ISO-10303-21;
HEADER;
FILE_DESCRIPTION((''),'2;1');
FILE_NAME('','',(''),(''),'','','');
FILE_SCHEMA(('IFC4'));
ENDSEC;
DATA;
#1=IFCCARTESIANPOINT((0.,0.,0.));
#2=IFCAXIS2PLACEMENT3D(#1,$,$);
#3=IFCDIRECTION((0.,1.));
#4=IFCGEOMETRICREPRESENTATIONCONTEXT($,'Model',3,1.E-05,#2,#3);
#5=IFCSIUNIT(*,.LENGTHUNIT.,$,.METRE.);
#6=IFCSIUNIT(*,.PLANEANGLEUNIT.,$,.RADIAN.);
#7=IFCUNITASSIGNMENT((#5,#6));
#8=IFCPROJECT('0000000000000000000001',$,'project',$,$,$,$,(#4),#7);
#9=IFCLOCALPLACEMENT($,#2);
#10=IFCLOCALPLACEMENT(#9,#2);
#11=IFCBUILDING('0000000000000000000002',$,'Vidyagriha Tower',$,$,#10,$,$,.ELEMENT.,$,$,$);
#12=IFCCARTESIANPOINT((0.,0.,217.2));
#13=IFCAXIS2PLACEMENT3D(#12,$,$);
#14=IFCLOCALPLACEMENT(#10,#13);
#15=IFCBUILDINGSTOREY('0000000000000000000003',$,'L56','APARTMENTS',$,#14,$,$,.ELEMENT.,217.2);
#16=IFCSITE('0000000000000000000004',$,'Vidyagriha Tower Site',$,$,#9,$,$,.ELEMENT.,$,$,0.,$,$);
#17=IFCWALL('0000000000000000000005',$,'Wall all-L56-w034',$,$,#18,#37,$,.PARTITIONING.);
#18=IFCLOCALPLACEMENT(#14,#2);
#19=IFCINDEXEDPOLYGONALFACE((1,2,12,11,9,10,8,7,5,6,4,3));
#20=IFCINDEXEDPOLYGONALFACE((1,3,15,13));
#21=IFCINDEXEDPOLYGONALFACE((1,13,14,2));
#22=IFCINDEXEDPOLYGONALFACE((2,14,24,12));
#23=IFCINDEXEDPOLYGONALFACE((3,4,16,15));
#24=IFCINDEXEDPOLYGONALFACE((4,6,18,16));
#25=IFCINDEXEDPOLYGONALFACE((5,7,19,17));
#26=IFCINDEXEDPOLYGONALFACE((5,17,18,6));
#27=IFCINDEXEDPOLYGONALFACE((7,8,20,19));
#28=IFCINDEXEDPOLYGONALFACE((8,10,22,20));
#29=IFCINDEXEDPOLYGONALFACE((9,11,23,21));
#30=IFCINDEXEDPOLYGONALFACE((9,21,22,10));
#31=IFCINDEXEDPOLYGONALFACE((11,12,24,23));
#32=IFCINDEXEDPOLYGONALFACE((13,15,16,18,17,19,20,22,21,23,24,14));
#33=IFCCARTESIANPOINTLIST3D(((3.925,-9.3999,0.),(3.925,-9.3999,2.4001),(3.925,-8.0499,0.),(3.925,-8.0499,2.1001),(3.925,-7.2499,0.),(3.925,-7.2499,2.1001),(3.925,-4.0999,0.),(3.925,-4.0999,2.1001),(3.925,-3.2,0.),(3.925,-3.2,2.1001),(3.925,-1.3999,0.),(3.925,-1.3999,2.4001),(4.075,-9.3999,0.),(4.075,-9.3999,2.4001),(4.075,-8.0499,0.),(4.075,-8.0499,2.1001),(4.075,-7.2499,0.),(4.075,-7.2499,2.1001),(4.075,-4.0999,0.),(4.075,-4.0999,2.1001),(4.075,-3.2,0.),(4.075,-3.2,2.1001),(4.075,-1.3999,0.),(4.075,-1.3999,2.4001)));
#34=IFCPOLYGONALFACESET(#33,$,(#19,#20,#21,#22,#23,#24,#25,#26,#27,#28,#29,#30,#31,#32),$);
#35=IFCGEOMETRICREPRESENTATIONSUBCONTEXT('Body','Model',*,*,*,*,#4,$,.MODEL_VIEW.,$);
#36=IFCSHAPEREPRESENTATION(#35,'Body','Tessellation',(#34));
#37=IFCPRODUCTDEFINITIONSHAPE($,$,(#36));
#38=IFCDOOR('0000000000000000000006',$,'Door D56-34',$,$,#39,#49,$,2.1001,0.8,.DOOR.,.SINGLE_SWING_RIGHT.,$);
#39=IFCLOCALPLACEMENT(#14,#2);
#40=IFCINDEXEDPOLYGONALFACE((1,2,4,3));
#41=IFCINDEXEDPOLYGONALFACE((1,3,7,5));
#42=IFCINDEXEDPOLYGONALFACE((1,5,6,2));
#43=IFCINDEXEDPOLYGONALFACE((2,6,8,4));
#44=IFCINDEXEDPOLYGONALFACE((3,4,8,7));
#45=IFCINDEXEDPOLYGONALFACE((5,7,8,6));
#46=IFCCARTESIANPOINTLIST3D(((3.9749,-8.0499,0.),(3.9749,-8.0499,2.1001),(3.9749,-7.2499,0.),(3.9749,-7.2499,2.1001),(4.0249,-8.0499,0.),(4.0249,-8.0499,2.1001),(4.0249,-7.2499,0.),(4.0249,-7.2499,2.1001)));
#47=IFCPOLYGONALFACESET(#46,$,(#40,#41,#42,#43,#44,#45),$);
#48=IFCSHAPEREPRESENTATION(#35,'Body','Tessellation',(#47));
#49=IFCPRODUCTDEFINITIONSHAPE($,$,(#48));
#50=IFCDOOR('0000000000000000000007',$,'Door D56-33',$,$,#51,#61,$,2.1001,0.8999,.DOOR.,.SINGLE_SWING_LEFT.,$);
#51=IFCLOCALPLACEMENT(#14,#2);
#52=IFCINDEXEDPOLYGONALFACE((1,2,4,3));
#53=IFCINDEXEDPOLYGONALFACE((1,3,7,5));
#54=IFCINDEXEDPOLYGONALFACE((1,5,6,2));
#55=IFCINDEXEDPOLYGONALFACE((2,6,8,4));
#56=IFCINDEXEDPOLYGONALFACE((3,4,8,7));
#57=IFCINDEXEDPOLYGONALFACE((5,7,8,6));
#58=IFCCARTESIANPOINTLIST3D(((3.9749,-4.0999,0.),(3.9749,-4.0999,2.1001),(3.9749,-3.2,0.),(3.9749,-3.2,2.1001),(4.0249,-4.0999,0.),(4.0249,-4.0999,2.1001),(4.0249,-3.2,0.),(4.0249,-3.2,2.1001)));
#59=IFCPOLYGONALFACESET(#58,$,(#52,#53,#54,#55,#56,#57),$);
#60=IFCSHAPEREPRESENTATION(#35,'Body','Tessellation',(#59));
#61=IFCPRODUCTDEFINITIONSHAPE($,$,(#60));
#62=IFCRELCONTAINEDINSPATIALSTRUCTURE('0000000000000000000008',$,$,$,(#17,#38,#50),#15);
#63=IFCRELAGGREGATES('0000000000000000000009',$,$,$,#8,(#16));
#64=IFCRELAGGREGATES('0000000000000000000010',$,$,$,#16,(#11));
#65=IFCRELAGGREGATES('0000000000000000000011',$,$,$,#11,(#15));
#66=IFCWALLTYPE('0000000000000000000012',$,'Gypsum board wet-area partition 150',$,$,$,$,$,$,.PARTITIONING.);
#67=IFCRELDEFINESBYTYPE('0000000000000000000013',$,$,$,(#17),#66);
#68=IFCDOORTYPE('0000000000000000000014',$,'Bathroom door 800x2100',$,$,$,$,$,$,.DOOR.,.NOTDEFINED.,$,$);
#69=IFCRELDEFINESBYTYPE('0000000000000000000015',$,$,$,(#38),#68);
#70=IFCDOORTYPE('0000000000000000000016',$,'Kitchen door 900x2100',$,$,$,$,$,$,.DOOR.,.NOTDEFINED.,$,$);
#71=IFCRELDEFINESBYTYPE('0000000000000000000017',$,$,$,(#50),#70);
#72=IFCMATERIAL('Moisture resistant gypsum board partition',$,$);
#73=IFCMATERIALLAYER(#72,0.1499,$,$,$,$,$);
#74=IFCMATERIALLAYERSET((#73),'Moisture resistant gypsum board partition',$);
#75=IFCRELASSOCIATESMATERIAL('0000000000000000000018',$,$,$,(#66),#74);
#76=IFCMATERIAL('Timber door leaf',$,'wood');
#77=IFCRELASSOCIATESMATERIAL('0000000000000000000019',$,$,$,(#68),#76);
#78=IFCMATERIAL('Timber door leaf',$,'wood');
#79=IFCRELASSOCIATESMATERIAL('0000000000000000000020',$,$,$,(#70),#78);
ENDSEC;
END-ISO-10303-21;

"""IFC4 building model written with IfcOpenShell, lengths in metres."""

from ifc_helpers import new_model, si_unit, direction, frame, frame_2d, origin, place, context, subcontext, project, spatial, rectangle, extrude, material, layer, layer_set, type_object, element, fill, save


model = new_model("IFC4")

# Units and contexts
model_context = context("Model", 3, precision=1e-05, world=origin(), true_north=direction((0.0, 1.0)))
body_context = subcontext(model_context, "Body", "Model", "MODEL_VIEW")
ifc_project = project(units=[si_unit("LENGTHUNIT", "METRE"), si_unit("PLANEANGLEUNIT", "RADIAN")], contexts=[model_context])

# Site, building, storey
site_placement = place(None, origin())
site = spatial("IfcSite", under=ifc_project, at=site_placement, Name="Vidyagriha Tower Site", CompositionType="ELEMENT", RefElevation=0.0)
building_placement = place(site_placement, origin())
building = spatial("IfcBuilding", under=site, at=building_placement, Name="Vidyagriha Tower", CompositionType="ELEMENT")
storey_placement = place(building_placement, frame((0.0, 0.0, 217.2)))
storey = spatial("IfcBuildingStorey", under=building, at=storey_placement, Name="L56", Description="APARTMENTS", CompositionType="ELEMENT", Elevation=217.2)

# Wall, openings, doors
ifc_material_1 = material(Name="Moisture resistant gypsum board partition")
ifc_layer_1 = layer(ifc_material_1, 0.1499)
ifc_layer_set_1 = layer_set([ifc_layer_1], Name="Moisture resistant gypsum board partition")
wall_type_1 = type_object("IfcWallType", Name="Gypsum board wet-area partition 150", PredefinedType="PARTITIONING", material=ifc_layer_set_1)
ifc_material_2 = material(Name="Timber door leaf", Category="wood")
door_type_1 = type_object("IfcDoorType", Name="Bathroom door 800x2100", OperationType="NOTDEFINED", PredefinedType="DOOR", material=ifc_material_2)
ifc_material_3 = material(Name="Timber door leaf", Category="wood")
door_type_2 = type_object("IfcDoorType", Name="Kitchen door 900x2100", OperationType="NOTDEFINED", PredefinedType="DOOR", material=ifc_material_3)
wall_1_placement = place(storey_placement, frame((4.0, -1.3999, 0.0), z_axis=(0.0, 0.0, 1.0), x_axis=(0.0, -1.0, 0.0)))
wall_1 = element("IfcWall", 1, at=wall_1_placement, inside=storey, type_object=wall_type_1, Name="Wall all-L56-w034", PredefinedType="PARTITIONING", context=body_context, shape_type="SweptSolid", body=[
    extrude(rectangle(XDim=8.0, YDim=0.1499, at=frame_2d((4.0, 0.0))), origin(), (0.0, 0.0, 1.0), 2.4001),
])
opening_1_placement = place(wall_1_placement, frame((1.8, 0.0, 0.0)))
opening_1 = element("IfcOpeningElement", 2, at=opening_1_placement, cuts=wall_1, PredefinedType="OPENING", context=body_context, shape_type="SweptSolid", body=[
    extrude(rectangle(XDim=0.8999, YDim=2.1001, at=frame_2d((0.45, 1.05))), frame((0.0, 0.085, 0.0), z_axis=(0.0, -1.0, 0.0), x_axis=(1.0, 0.0, 0.0)), (0.0, 0.0, 1.0), 0.1699),
])
opening_2_placement = place(wall_1_placement, frame((5.8501, 0.0, 0.0)))
opening_2 = element("IfcOpeningElement", 3, at=opening_2_placement, cuts=wall_1, PredefinedType="OPENING", context=body_context, shape_type="SweptSolid", body=[
    extrude(rectangle(XDim=0.8, YDim=2.1001, at=frame_2d((0.3999, 1.05))), frame((0.0, 0.085, 0.0), z_axis=(0.0, -1.0, 0.0), x_axis=(1.0, 0.0, 0.0)), (0.0, 0.0, 1.0), 0.1699),
])
door_1_placement = place(opening_2_placement, origin())
door_1 = element("IfcDoor", 4, at=door_1_placement, inside=storey, type_object=door_type_1, Name="Door D56-34", OperationType="SINGLE_SWING_RIGHT", OverallHeight=2.1001, OverallWidth=0.8, PredefinedType="DOOR", context=body_context, shape_type="SweptSolid", body=[
    extrude(rectangle(XDim=0.8, YDim=2.1001, at=frame_2d((0.3999, 1.05))), frame((0.0, 0.0249, 0.0), z_axis=(0.0, -1.0, 0.0), x_axis=(1.0, 0.0, 0.0)), (0.0, 0.0, 1.0), 0.05),
])
fill(opening_2, door_1)
door_2_placement = place(opening_1_placement, origin())
door_2 = element("IfcDoor", 5, at=door_2_placement, inside=storey, type_object=door_type_2, Name="Door D56-33", OperationType="SINGLE_SWING_LEFT", OverallHeight=2.1001, OverallWidth=0.8999, PredefinedType="DOOR", context=body_context, shape_type="SweptSolid", body=[
    extrude(rectangle(XDim=0.8999, YDim=2.1001, at=frame_2d((0.45, 1.05))), frame((0.0, 0.0249, 0.0), z_axis=(0.0, -1.0, 0.0), x_axis=(1.0, 0.0, 0.0)), (0.0, 0.0, 1.0), 0.05),
])
fill(opening_1, door_2)

save(model, "model.ifc")
